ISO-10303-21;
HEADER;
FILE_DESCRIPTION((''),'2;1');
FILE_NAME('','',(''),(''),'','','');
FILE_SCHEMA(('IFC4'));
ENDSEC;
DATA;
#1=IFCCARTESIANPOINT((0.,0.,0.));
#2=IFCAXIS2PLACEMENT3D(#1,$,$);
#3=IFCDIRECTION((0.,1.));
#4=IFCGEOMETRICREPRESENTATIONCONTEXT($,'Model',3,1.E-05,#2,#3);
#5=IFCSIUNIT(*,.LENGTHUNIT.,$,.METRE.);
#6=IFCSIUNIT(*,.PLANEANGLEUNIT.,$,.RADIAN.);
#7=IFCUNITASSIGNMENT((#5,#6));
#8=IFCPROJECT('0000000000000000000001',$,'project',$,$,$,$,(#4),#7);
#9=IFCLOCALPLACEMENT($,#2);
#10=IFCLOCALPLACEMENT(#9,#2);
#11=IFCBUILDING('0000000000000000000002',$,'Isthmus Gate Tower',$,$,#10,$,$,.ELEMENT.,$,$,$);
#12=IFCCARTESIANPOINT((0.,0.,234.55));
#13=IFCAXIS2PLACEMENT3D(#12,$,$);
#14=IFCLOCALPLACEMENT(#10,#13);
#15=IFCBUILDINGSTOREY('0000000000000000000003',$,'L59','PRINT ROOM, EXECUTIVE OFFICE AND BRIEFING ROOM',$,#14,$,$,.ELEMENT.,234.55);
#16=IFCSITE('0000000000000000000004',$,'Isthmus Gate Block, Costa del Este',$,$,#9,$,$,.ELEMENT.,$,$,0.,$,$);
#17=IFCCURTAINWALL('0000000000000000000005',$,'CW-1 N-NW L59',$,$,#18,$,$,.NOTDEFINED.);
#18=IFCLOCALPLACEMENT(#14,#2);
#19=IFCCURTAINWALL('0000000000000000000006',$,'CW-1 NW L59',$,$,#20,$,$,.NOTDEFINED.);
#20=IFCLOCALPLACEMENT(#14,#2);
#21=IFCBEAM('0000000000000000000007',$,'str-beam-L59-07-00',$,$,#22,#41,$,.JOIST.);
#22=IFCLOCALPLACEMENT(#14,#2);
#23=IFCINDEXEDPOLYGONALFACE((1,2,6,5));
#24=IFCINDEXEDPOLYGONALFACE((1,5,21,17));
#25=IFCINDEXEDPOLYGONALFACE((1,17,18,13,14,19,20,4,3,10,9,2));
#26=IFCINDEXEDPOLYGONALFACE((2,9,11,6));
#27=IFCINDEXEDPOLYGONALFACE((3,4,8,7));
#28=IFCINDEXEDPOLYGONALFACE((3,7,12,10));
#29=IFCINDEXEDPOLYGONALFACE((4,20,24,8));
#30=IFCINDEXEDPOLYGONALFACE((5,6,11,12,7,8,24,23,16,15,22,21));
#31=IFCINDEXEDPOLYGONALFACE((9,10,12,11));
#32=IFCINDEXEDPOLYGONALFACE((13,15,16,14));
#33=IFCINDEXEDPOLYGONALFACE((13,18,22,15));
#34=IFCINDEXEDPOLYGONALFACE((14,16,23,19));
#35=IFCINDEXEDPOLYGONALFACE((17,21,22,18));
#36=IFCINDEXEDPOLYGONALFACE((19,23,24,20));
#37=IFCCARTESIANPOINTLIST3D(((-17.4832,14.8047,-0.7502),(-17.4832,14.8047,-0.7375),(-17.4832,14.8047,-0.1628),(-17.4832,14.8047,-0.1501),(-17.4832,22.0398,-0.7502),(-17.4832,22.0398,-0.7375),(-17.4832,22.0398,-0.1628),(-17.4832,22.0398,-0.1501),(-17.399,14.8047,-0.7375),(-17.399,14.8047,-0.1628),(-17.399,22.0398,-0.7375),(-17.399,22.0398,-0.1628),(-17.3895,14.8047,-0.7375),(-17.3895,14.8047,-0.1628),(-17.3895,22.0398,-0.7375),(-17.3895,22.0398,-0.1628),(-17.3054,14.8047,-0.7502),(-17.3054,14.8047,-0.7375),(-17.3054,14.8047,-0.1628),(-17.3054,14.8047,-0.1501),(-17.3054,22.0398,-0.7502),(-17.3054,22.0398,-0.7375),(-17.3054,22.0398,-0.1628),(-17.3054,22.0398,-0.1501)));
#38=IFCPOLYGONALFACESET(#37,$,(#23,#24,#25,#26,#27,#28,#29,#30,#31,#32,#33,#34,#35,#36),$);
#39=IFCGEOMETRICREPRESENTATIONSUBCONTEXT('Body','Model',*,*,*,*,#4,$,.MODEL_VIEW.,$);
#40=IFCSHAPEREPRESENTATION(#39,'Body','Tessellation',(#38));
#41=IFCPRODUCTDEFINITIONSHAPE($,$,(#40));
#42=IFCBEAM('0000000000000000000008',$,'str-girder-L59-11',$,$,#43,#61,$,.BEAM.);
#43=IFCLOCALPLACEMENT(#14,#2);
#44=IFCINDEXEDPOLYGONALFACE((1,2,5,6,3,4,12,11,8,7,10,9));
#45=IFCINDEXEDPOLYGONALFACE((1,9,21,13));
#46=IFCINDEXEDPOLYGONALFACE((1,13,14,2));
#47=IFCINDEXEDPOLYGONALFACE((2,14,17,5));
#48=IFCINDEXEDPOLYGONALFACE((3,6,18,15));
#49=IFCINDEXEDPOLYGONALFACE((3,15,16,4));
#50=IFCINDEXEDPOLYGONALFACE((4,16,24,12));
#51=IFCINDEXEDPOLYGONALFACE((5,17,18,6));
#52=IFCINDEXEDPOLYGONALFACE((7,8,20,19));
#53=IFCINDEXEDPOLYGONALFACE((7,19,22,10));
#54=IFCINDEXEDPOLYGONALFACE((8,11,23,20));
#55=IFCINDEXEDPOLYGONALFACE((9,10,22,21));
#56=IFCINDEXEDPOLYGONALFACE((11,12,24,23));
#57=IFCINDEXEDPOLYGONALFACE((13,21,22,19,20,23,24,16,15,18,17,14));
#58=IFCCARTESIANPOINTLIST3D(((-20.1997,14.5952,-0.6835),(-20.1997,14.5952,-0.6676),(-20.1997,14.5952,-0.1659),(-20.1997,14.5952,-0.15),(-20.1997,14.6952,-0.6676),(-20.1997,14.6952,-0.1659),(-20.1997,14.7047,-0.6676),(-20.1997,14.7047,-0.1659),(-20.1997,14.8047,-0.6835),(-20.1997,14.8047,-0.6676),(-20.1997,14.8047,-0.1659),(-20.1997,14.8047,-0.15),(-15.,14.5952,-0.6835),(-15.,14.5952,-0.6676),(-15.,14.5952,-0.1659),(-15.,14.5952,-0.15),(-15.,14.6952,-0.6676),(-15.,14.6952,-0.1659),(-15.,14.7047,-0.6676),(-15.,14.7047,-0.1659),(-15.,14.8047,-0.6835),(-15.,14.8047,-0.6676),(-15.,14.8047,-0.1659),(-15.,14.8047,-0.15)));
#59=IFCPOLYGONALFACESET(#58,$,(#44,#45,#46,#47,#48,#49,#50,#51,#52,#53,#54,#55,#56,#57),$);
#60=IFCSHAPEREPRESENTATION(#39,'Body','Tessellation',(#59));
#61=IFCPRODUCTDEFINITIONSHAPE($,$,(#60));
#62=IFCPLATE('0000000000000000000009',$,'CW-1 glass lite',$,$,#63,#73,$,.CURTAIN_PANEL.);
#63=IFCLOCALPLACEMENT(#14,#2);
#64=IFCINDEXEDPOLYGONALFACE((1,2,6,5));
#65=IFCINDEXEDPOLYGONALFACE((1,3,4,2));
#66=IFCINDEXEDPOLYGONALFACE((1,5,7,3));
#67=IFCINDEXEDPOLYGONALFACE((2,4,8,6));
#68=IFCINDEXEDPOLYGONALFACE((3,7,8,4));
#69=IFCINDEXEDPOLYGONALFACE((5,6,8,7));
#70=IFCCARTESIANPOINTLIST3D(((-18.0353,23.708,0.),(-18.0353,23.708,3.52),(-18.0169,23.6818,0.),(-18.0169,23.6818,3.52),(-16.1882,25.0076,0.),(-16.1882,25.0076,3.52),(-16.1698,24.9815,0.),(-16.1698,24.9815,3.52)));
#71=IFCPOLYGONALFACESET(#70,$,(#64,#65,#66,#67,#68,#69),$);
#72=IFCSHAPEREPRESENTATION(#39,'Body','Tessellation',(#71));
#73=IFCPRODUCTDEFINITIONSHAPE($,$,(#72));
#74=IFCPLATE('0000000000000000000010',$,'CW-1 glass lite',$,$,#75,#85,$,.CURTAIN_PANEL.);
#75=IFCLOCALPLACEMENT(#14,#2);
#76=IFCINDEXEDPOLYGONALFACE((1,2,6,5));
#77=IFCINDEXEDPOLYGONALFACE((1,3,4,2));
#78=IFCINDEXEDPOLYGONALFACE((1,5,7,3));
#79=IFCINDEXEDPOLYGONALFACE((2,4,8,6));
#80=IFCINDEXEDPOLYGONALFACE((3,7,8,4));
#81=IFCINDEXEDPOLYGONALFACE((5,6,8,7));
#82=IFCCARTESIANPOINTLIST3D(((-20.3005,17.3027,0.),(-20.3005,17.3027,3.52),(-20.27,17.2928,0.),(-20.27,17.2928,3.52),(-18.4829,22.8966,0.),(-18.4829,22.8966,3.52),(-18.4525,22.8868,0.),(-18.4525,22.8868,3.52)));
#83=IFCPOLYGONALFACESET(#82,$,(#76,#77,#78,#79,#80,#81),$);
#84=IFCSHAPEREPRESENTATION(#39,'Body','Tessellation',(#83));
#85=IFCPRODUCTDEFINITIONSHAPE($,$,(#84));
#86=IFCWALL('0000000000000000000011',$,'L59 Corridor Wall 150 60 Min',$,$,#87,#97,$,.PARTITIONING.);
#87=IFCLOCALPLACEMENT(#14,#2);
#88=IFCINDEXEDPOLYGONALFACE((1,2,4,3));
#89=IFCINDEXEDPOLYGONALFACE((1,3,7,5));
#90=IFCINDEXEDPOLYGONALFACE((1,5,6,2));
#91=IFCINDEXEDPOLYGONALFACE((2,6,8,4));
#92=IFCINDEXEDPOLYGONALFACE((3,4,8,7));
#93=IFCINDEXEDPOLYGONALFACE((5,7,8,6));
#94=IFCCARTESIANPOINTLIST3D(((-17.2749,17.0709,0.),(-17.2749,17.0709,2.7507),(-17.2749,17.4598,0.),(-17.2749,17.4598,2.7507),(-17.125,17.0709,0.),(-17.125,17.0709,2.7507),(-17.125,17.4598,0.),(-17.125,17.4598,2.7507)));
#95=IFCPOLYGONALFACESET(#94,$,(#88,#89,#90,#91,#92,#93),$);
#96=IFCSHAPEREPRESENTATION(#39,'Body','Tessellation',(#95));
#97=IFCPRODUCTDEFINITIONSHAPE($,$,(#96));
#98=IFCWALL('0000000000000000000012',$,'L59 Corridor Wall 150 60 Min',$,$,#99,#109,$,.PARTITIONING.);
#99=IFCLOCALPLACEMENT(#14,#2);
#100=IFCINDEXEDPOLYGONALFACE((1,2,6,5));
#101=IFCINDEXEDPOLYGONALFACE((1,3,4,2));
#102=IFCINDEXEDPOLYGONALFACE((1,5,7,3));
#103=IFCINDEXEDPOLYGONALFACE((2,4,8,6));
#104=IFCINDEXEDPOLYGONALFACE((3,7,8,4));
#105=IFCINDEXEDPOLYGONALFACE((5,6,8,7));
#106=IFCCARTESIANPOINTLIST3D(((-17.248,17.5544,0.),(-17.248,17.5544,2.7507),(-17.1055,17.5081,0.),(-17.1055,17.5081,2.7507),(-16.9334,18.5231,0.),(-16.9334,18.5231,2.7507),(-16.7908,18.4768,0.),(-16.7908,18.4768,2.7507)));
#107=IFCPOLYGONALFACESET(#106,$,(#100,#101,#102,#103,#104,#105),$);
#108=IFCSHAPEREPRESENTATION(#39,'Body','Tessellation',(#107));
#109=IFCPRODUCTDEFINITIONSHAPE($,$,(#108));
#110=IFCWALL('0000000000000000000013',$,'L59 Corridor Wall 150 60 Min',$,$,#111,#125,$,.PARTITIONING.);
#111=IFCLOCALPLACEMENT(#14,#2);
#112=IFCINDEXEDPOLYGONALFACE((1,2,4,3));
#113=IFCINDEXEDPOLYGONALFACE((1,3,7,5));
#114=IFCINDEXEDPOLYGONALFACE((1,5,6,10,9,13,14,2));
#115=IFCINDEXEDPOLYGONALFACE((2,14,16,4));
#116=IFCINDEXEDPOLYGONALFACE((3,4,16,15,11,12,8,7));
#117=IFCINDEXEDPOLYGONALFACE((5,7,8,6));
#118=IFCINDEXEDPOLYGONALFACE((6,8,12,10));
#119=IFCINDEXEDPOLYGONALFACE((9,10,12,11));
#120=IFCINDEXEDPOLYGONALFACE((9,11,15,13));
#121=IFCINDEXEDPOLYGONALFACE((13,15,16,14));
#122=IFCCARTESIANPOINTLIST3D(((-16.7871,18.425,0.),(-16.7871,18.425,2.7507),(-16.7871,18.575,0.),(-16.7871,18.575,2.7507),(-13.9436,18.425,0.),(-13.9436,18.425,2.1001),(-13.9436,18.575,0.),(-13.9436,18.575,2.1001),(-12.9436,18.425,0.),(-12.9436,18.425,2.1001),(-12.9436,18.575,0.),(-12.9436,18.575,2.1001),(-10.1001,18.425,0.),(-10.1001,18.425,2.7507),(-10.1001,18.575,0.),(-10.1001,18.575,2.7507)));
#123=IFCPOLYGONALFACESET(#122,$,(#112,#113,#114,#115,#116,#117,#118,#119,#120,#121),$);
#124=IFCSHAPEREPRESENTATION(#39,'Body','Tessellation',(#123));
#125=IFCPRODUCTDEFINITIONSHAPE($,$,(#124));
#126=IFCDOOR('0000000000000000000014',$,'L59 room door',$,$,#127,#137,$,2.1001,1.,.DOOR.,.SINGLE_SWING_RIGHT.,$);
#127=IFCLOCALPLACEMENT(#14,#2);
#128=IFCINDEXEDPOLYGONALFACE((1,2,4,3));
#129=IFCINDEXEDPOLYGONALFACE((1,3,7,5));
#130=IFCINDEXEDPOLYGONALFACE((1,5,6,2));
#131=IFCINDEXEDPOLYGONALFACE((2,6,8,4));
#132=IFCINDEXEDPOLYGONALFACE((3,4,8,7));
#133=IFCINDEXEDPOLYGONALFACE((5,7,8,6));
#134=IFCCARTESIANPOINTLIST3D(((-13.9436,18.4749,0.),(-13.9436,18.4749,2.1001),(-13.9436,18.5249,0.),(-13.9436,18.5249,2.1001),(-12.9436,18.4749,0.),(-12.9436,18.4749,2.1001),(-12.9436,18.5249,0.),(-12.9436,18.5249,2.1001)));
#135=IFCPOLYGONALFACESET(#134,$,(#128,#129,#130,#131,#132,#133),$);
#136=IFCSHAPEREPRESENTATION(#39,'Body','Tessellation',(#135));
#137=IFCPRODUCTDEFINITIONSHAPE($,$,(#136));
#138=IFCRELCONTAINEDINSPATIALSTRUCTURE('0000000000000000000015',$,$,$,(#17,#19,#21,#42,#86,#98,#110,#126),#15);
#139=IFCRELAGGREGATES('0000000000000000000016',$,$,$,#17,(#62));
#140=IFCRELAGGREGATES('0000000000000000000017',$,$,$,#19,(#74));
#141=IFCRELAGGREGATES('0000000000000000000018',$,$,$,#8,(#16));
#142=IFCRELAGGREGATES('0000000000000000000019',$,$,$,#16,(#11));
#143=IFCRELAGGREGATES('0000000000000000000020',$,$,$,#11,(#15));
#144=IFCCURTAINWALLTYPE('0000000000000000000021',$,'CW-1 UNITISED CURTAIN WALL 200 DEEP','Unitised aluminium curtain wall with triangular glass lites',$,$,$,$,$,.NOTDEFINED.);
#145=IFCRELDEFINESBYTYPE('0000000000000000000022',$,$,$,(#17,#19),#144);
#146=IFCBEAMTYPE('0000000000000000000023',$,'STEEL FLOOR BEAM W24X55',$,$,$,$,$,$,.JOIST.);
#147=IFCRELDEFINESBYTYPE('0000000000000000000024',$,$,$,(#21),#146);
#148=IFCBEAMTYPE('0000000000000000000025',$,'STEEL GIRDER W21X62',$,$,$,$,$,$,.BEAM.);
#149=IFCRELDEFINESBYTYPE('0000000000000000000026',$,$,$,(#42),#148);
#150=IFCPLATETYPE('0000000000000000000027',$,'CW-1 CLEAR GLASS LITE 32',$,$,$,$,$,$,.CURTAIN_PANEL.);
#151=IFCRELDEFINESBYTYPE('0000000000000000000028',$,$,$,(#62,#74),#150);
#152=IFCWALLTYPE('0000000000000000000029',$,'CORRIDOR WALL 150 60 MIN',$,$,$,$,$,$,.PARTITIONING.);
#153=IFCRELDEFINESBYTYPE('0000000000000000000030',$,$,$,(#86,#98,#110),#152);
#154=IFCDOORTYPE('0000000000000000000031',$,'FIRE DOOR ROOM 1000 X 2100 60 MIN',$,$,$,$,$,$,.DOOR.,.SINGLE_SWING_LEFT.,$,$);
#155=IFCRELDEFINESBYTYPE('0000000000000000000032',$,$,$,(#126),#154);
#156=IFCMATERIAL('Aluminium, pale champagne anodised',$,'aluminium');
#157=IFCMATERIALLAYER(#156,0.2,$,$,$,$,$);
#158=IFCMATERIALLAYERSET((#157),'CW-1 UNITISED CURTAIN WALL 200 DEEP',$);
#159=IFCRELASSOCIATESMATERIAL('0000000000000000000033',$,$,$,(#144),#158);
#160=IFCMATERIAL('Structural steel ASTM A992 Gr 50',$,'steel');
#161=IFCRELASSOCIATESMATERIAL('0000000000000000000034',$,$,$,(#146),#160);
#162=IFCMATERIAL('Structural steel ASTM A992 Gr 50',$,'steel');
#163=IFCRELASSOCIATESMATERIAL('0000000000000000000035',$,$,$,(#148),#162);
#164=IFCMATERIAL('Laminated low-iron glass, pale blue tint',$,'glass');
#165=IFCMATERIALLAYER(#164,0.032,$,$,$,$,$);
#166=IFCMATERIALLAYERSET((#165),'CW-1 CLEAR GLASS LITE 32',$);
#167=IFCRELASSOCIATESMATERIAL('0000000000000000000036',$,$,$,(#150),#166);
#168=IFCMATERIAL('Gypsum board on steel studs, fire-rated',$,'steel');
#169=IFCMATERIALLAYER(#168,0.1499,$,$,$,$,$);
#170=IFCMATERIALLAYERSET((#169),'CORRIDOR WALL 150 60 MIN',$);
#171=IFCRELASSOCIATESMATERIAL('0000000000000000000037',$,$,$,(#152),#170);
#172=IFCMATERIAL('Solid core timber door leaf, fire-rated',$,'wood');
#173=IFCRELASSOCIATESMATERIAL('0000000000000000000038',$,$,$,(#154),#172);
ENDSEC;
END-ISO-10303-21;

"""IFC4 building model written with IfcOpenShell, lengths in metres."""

from ifc_helpers import new_model, si_unit, direction, frame, frame_2d, origin, origin_2d, place, context, subcontext, project, spatial, rectangle, i_section, extrude, material, layer, layer_set, material_profile, profile_set, type_object, element, fill, aggregate, save


model = new_model("IFC4")

# Units and contexts
model_context = context("Model", 3, precision=1e-05, world=origin(), true_north=direction((0.0, 1.0)))
body_context = subcontext(model_context, "Body", "Model", "MODEL_VIEW")
ifc_project = project(units=[si_unit("LENGTHUNIT", "METRE"), si_unit("PLANEANGLEUNIT", "RADIAN")], contexts=[model_context])

# Site, building, storey
site_placement = place(None, origin())
site = spatial("IfcSite", under=ifc_project, at=site_placement, Name="Isthmus Gate Block, Costa del Este", CompositionType="ELEMENT", RefElevation=0.0)
building_placement = place(site_placement, origin())
building = spatial("IfcBuilding", under=site, at=building_placement, Name="Isthmus Gate Tower", CompositionType="ELEMENT")
storey_placement = place(building_placement, frame((0.0, 0.0, 234.55)))
storey = spatial("IfcBuildingStorey", under=building, at=storey_placement, Name="L59", Description="PRINT ROOM, EXECUTIVE OFFICE AND BRIEFING ROOM", CompositionType="ELEMENT", Elevation=234.55)

# Curtain walls
ifc_material_1 = material(Name="Aluminium, pale champagne anodised", Category="aluminium")
ifc_layer_1 = layer(ifc_material_1, 0.2)
ifc_layer_set_1 = layer_set([ifc_layer_1], Name="CW-1 UNITISED CURTAIN WALL 200 DEEP")
curtain_wall_type = type_object("IfcCurtainWallType", Name="CW-1 UNITISED CURTAIN WALL 200 DEEP", Description="Unitised aluminium curtain wall with triangular glass lites", PredefinedType="NOTDEFINED", material=ifc_layer_set_1)
curtain_wall_1_placement = place(storey_placement, origin())
curtain_wall_1 = element("IfcCurtainWall", 1, at=curtain_wall_1_placement, inside=storey, type_object=curtain_wall_type, Name="CW-1 N-NW L59", PredefinedType="NOTDEFINED")
curtain_wall_2_placement = place(storey_placement, origin())
curtain_wall_2 = element("IfcCurtainWall", 2, at=curtain_wall_2_placement, inside=storey, type_object=curtain_wall_type, Name="CW-1 NW L59", PredefinedType="NOTDEFINED")

# Beams
ifc_material_2 = material(Name="Structural steel ASTM A992 Gr 50", Category="steel")
ifc_material_profile_1 = material_profile(ifc_material_2, i_section(OverallWidth=0.1777, OverallDepth=0.6001, WebThickness=0.0095, FlangeThickness=0.0127, at=origin_2d()), Name="W24X55")
ifc_profile_set_1 = profile_set([ifc_material_profile_1], Name="Structural steel ASTM A992 Gr 50")
beam_type_1 = type_object("IfcBeamType", Name="STEEL FLOOR BEAM W24X55", PredefinedType="JOIST", material=ifc_profile_set_1)
beam_1_placement = place(storey_placement, frame((-17.3943, 14.8047, -0.4502), z_axis=(0.0, 1.0, 0.0), x_axis=(-1.0, 0.0, 0.0)))
element("IfcBeam", 3, at=beam_1_placement, inside=storey, type_object=beam_type_1, Name="str-beam-L59-07-00", PredefinedType="JOIST", context=body_context, shape_type="SweptSolid", body=[
    extrude(i_section(OverallWidth=0.1777, OverallDepth=0.6001, WebThickness=0.0095, FlangeThickness=0.0127, at=origin_2d()), origin(), (0.0, 0.0, 1.0), 7.2351),
])
ifc_material_3 = material(Name="Structural steel ASTM A992 Gr 50", Category="steel")
ifc_material_profile_2 = material_profile(ifc_material_3, i_section(OverallWidth=0.2095, OverallDepth=0.5334, WebThickness=0.0095, FlangeThickness=0.0159, at=origin_2d()), Name="W21X62")
ifc_profile_set_2 = profile_set([ifc_material_profile_2], Name="Structural steel ASTM A992 Gr 50")
beam_type_2 = type_object("IfcBeamType", Name="STEEL GIRDER W21X62", PredefinedType="BEAM", material=ifc_profile_set_2)
beam_2_placement = place(storey_placement, frame((-15.0, 14.7, -0.4167), z_axis=(-1.0, 0.0, 0.0), x_axis=(0.0, -1.0, 0.0)))
element("IfcBeam", 4, at=beam_2_placement, inside=storey, type_object=beam_type_2, Name="str-girder-L59-11", PredefinedType="BEAM", context=body_context, shape_type="SweptSolid", body=[
    extrude(i_section(OverallWidth=0.2095, OverallDepth=0.5334, WebThickness=0.0095, FlangeThickness=0.0159, at=origin_2d()), origin(), (0.0, 0.0, 1.0), 5.1997),
])

# Plates
ifc_material_4 = material(Name="Laminated low-iron glass, pale blue tint", Category="glass")
ifc_layer_2 = layer(ifc_material_4, 0.032)
ifc_layer_set_2 = layer_set([ifc_layer_2], Name="CW-1 CLEAR GLASS LITE 32")
plate_type = type_object("IfcPlateType", Name="CW-1 CLEAR GLASS LITE 32", PredefinedType="CURTAIN_PANEL", material=ifc_layer_set_2)
plate_1_placement = place(storey_placement, frame((-17.1025, 24.3447, 0.0), z_axis=(0.0, 0.0, 1.0), x_axis=(-0.81786, -0.575418, 0.0)))
plate_1 = element("IfcPlate", 5, at=plate_1_placement, type_object=plate_type, Name="CW-1 glass lite", PredefinedType="CURTAIN_PANEL", context=body_context, shape_type="SweptSolid", body=[
    extrude(rectangle(XDim=2.2585, YDim=0.032, at=origin_2d()), origin(), (0.0, 0.0, 1.0), 3.52),
])
aggregate(curtain_wall_1, [plate_1])
plate_2_placement = place(storey_placement, frame((-19.3765, 20.0947, 0.0), z_axis=(0.0, 0.0, 1.0), x_axis=(-0.309017, -0.951057, 0.0)))
plate_2 = element("IfcPlate", 6, at=plate_2_placement, type_object=plate_type, Name="CW-1 glass lite", PredefinedType="CURTAIN_PANEL", context=body_context, shape_type="SweptSolid", body=[
    extrude(rectangle(XDim=5.8818, YDim=0.032, at=origin_2d()), origin(), (0.0, 0.0, 1.0), 3.52),
])

# Walls
ifc_material_5 = material(Name="Gypsum board on steel studs, fire-rated", Category="steel")
ifc_layer_3 = layer(ifc_material_5, 0.1499)
ifc_layer_set_3 = layer_set([ifc_layer_3], Name="CORRIDOR WALL 150 60 MIN")
wall_type_1 = type_object("IfcWallType", Name="CORRIDOR WALL 150 60 MIN", PredefinedType="PARTITIONING", material=ifc_layer_set_3)
wall_1_placement = place(storey_placement, frame((-17.2, 17.071, 0.0), z_axis=(0.0, 0.0, 1.0), x_axis=(0.0, 1.0, 0.0)))
element("IfcWall", 7, at=wall_1_placement, inside=storey, type_object=wall_type_1, Name="L59 Corridor Wall 150 60 Min", PredefinedType="PARTITIONING", context=body_context, shape_type="SweptSolid", body=[
    extrude(rectangle(XDim=0.3889, YDim=0.1499, at=frame_2d((0.1943, 0.0))), origin(), (0.0, 0.0, 1.0), 2.7507),
])
wall_2_placement = place(storey_placement, frame((-17.1768, 17.5312, 0.0), z_axis=(0.0, 0.0, 1.0), x_axis=(0.308956, 0.951076, 0.0)))
element("IfcWall", 8, at=wall_2_placement, inside=storey, type_object=wall_type_1, Name="L59 Corridor Wall 150 60 Min", PredefinedType="PARTITIONING", context=body_context, shape_type="SweptSolid", body=[
    extrude(rectangle(XDim=1.0186, YDim=0.1499, at=frame_2d((0.5093, 0.0))), origin(), (0.0, 0.0, 1.0), 2.7507),
])

# Wall, opening, door
wall_3_placement = place(storey_placement, frame((-16.7871, 18.5, 0.0), z_axis=(0.0, 0.0, 1.0), x_axis=(1.0, 0.0, 0.0)))
wall_3 = element("IfcWall", 9, at=wall_3_placement, inside=storey, type_object=wall_type_1, Name="L59 Corridor Wall 150 60 Min", PredefinedType="PARTITIONING", context=body_context, shape_type="SweptSolid", body=[
    extrude(rectangle(XDim=6.687, YDim=0.1499, at=frame_2d((3.3435, 0.0))), origin(), (0.0, 0.0, 1.0), 2.7507),
])
opening_1_placement = place(wall_3_placement, frame((2.8435, 0.0, 0.0)))
opening_1 = element("IfcOpeningElement", 10, at=opening_1_placement, cuts=wall_3, PredefinedType="OPENING", context=body_context, shape_type="SweptSolid", body=[
    extrude(rectangle(XDim=1.0, YDim=2.1001, at=frame_2d((0.5, 1.05))), frame((0.0, 0.085, 0.0), z_axis=(0.0, -1.0, 0.0), x_axis=(1.0, 0.0, 0.0)), (0.0, 0.0, 1.0), 0.1699),
])
ifc_material_6 = material(Name="Solid core timber door leaf, fire-rated", Category="wood")
door_type_1 = type_object("IfcDoorType", Name="FIRE DOOR ROOM 1000 X 2100 60 MIN", OperationType="SINGLE_SWING_LEFT", PredefinedType="DOOR", material=ifc_material_6)
door_1_placement = place(opening_1_placement, origin())
door_1 = element("IfcDoor", 11, at=door_1_placement, inside=storey, type_object=door_type_1, Name="L59 room door", OperationType="SINGLE_SWING_RIGHT", OverallHeight=2.1001, OverallWidth=1.0, PredefinedType="DOOR", context=body_context, shape_type="SweptSolid", body=[
    extrude(rectangle(XDim=1.0, YDim=2.1001, at=frame_2d((0.5, 1.05))), frame((0.0, 0.0249, 0.0), z_axis=(0.0, -1.0, 0.0), x_axis=(1.0, 0.0, 0.0)), (0.0, 0.0, 1.0), 0.05),
])
fill(opening_1, door_1)

aggregate(curtain_wall_2, [plate_2])

save(model, "model.ifc")
